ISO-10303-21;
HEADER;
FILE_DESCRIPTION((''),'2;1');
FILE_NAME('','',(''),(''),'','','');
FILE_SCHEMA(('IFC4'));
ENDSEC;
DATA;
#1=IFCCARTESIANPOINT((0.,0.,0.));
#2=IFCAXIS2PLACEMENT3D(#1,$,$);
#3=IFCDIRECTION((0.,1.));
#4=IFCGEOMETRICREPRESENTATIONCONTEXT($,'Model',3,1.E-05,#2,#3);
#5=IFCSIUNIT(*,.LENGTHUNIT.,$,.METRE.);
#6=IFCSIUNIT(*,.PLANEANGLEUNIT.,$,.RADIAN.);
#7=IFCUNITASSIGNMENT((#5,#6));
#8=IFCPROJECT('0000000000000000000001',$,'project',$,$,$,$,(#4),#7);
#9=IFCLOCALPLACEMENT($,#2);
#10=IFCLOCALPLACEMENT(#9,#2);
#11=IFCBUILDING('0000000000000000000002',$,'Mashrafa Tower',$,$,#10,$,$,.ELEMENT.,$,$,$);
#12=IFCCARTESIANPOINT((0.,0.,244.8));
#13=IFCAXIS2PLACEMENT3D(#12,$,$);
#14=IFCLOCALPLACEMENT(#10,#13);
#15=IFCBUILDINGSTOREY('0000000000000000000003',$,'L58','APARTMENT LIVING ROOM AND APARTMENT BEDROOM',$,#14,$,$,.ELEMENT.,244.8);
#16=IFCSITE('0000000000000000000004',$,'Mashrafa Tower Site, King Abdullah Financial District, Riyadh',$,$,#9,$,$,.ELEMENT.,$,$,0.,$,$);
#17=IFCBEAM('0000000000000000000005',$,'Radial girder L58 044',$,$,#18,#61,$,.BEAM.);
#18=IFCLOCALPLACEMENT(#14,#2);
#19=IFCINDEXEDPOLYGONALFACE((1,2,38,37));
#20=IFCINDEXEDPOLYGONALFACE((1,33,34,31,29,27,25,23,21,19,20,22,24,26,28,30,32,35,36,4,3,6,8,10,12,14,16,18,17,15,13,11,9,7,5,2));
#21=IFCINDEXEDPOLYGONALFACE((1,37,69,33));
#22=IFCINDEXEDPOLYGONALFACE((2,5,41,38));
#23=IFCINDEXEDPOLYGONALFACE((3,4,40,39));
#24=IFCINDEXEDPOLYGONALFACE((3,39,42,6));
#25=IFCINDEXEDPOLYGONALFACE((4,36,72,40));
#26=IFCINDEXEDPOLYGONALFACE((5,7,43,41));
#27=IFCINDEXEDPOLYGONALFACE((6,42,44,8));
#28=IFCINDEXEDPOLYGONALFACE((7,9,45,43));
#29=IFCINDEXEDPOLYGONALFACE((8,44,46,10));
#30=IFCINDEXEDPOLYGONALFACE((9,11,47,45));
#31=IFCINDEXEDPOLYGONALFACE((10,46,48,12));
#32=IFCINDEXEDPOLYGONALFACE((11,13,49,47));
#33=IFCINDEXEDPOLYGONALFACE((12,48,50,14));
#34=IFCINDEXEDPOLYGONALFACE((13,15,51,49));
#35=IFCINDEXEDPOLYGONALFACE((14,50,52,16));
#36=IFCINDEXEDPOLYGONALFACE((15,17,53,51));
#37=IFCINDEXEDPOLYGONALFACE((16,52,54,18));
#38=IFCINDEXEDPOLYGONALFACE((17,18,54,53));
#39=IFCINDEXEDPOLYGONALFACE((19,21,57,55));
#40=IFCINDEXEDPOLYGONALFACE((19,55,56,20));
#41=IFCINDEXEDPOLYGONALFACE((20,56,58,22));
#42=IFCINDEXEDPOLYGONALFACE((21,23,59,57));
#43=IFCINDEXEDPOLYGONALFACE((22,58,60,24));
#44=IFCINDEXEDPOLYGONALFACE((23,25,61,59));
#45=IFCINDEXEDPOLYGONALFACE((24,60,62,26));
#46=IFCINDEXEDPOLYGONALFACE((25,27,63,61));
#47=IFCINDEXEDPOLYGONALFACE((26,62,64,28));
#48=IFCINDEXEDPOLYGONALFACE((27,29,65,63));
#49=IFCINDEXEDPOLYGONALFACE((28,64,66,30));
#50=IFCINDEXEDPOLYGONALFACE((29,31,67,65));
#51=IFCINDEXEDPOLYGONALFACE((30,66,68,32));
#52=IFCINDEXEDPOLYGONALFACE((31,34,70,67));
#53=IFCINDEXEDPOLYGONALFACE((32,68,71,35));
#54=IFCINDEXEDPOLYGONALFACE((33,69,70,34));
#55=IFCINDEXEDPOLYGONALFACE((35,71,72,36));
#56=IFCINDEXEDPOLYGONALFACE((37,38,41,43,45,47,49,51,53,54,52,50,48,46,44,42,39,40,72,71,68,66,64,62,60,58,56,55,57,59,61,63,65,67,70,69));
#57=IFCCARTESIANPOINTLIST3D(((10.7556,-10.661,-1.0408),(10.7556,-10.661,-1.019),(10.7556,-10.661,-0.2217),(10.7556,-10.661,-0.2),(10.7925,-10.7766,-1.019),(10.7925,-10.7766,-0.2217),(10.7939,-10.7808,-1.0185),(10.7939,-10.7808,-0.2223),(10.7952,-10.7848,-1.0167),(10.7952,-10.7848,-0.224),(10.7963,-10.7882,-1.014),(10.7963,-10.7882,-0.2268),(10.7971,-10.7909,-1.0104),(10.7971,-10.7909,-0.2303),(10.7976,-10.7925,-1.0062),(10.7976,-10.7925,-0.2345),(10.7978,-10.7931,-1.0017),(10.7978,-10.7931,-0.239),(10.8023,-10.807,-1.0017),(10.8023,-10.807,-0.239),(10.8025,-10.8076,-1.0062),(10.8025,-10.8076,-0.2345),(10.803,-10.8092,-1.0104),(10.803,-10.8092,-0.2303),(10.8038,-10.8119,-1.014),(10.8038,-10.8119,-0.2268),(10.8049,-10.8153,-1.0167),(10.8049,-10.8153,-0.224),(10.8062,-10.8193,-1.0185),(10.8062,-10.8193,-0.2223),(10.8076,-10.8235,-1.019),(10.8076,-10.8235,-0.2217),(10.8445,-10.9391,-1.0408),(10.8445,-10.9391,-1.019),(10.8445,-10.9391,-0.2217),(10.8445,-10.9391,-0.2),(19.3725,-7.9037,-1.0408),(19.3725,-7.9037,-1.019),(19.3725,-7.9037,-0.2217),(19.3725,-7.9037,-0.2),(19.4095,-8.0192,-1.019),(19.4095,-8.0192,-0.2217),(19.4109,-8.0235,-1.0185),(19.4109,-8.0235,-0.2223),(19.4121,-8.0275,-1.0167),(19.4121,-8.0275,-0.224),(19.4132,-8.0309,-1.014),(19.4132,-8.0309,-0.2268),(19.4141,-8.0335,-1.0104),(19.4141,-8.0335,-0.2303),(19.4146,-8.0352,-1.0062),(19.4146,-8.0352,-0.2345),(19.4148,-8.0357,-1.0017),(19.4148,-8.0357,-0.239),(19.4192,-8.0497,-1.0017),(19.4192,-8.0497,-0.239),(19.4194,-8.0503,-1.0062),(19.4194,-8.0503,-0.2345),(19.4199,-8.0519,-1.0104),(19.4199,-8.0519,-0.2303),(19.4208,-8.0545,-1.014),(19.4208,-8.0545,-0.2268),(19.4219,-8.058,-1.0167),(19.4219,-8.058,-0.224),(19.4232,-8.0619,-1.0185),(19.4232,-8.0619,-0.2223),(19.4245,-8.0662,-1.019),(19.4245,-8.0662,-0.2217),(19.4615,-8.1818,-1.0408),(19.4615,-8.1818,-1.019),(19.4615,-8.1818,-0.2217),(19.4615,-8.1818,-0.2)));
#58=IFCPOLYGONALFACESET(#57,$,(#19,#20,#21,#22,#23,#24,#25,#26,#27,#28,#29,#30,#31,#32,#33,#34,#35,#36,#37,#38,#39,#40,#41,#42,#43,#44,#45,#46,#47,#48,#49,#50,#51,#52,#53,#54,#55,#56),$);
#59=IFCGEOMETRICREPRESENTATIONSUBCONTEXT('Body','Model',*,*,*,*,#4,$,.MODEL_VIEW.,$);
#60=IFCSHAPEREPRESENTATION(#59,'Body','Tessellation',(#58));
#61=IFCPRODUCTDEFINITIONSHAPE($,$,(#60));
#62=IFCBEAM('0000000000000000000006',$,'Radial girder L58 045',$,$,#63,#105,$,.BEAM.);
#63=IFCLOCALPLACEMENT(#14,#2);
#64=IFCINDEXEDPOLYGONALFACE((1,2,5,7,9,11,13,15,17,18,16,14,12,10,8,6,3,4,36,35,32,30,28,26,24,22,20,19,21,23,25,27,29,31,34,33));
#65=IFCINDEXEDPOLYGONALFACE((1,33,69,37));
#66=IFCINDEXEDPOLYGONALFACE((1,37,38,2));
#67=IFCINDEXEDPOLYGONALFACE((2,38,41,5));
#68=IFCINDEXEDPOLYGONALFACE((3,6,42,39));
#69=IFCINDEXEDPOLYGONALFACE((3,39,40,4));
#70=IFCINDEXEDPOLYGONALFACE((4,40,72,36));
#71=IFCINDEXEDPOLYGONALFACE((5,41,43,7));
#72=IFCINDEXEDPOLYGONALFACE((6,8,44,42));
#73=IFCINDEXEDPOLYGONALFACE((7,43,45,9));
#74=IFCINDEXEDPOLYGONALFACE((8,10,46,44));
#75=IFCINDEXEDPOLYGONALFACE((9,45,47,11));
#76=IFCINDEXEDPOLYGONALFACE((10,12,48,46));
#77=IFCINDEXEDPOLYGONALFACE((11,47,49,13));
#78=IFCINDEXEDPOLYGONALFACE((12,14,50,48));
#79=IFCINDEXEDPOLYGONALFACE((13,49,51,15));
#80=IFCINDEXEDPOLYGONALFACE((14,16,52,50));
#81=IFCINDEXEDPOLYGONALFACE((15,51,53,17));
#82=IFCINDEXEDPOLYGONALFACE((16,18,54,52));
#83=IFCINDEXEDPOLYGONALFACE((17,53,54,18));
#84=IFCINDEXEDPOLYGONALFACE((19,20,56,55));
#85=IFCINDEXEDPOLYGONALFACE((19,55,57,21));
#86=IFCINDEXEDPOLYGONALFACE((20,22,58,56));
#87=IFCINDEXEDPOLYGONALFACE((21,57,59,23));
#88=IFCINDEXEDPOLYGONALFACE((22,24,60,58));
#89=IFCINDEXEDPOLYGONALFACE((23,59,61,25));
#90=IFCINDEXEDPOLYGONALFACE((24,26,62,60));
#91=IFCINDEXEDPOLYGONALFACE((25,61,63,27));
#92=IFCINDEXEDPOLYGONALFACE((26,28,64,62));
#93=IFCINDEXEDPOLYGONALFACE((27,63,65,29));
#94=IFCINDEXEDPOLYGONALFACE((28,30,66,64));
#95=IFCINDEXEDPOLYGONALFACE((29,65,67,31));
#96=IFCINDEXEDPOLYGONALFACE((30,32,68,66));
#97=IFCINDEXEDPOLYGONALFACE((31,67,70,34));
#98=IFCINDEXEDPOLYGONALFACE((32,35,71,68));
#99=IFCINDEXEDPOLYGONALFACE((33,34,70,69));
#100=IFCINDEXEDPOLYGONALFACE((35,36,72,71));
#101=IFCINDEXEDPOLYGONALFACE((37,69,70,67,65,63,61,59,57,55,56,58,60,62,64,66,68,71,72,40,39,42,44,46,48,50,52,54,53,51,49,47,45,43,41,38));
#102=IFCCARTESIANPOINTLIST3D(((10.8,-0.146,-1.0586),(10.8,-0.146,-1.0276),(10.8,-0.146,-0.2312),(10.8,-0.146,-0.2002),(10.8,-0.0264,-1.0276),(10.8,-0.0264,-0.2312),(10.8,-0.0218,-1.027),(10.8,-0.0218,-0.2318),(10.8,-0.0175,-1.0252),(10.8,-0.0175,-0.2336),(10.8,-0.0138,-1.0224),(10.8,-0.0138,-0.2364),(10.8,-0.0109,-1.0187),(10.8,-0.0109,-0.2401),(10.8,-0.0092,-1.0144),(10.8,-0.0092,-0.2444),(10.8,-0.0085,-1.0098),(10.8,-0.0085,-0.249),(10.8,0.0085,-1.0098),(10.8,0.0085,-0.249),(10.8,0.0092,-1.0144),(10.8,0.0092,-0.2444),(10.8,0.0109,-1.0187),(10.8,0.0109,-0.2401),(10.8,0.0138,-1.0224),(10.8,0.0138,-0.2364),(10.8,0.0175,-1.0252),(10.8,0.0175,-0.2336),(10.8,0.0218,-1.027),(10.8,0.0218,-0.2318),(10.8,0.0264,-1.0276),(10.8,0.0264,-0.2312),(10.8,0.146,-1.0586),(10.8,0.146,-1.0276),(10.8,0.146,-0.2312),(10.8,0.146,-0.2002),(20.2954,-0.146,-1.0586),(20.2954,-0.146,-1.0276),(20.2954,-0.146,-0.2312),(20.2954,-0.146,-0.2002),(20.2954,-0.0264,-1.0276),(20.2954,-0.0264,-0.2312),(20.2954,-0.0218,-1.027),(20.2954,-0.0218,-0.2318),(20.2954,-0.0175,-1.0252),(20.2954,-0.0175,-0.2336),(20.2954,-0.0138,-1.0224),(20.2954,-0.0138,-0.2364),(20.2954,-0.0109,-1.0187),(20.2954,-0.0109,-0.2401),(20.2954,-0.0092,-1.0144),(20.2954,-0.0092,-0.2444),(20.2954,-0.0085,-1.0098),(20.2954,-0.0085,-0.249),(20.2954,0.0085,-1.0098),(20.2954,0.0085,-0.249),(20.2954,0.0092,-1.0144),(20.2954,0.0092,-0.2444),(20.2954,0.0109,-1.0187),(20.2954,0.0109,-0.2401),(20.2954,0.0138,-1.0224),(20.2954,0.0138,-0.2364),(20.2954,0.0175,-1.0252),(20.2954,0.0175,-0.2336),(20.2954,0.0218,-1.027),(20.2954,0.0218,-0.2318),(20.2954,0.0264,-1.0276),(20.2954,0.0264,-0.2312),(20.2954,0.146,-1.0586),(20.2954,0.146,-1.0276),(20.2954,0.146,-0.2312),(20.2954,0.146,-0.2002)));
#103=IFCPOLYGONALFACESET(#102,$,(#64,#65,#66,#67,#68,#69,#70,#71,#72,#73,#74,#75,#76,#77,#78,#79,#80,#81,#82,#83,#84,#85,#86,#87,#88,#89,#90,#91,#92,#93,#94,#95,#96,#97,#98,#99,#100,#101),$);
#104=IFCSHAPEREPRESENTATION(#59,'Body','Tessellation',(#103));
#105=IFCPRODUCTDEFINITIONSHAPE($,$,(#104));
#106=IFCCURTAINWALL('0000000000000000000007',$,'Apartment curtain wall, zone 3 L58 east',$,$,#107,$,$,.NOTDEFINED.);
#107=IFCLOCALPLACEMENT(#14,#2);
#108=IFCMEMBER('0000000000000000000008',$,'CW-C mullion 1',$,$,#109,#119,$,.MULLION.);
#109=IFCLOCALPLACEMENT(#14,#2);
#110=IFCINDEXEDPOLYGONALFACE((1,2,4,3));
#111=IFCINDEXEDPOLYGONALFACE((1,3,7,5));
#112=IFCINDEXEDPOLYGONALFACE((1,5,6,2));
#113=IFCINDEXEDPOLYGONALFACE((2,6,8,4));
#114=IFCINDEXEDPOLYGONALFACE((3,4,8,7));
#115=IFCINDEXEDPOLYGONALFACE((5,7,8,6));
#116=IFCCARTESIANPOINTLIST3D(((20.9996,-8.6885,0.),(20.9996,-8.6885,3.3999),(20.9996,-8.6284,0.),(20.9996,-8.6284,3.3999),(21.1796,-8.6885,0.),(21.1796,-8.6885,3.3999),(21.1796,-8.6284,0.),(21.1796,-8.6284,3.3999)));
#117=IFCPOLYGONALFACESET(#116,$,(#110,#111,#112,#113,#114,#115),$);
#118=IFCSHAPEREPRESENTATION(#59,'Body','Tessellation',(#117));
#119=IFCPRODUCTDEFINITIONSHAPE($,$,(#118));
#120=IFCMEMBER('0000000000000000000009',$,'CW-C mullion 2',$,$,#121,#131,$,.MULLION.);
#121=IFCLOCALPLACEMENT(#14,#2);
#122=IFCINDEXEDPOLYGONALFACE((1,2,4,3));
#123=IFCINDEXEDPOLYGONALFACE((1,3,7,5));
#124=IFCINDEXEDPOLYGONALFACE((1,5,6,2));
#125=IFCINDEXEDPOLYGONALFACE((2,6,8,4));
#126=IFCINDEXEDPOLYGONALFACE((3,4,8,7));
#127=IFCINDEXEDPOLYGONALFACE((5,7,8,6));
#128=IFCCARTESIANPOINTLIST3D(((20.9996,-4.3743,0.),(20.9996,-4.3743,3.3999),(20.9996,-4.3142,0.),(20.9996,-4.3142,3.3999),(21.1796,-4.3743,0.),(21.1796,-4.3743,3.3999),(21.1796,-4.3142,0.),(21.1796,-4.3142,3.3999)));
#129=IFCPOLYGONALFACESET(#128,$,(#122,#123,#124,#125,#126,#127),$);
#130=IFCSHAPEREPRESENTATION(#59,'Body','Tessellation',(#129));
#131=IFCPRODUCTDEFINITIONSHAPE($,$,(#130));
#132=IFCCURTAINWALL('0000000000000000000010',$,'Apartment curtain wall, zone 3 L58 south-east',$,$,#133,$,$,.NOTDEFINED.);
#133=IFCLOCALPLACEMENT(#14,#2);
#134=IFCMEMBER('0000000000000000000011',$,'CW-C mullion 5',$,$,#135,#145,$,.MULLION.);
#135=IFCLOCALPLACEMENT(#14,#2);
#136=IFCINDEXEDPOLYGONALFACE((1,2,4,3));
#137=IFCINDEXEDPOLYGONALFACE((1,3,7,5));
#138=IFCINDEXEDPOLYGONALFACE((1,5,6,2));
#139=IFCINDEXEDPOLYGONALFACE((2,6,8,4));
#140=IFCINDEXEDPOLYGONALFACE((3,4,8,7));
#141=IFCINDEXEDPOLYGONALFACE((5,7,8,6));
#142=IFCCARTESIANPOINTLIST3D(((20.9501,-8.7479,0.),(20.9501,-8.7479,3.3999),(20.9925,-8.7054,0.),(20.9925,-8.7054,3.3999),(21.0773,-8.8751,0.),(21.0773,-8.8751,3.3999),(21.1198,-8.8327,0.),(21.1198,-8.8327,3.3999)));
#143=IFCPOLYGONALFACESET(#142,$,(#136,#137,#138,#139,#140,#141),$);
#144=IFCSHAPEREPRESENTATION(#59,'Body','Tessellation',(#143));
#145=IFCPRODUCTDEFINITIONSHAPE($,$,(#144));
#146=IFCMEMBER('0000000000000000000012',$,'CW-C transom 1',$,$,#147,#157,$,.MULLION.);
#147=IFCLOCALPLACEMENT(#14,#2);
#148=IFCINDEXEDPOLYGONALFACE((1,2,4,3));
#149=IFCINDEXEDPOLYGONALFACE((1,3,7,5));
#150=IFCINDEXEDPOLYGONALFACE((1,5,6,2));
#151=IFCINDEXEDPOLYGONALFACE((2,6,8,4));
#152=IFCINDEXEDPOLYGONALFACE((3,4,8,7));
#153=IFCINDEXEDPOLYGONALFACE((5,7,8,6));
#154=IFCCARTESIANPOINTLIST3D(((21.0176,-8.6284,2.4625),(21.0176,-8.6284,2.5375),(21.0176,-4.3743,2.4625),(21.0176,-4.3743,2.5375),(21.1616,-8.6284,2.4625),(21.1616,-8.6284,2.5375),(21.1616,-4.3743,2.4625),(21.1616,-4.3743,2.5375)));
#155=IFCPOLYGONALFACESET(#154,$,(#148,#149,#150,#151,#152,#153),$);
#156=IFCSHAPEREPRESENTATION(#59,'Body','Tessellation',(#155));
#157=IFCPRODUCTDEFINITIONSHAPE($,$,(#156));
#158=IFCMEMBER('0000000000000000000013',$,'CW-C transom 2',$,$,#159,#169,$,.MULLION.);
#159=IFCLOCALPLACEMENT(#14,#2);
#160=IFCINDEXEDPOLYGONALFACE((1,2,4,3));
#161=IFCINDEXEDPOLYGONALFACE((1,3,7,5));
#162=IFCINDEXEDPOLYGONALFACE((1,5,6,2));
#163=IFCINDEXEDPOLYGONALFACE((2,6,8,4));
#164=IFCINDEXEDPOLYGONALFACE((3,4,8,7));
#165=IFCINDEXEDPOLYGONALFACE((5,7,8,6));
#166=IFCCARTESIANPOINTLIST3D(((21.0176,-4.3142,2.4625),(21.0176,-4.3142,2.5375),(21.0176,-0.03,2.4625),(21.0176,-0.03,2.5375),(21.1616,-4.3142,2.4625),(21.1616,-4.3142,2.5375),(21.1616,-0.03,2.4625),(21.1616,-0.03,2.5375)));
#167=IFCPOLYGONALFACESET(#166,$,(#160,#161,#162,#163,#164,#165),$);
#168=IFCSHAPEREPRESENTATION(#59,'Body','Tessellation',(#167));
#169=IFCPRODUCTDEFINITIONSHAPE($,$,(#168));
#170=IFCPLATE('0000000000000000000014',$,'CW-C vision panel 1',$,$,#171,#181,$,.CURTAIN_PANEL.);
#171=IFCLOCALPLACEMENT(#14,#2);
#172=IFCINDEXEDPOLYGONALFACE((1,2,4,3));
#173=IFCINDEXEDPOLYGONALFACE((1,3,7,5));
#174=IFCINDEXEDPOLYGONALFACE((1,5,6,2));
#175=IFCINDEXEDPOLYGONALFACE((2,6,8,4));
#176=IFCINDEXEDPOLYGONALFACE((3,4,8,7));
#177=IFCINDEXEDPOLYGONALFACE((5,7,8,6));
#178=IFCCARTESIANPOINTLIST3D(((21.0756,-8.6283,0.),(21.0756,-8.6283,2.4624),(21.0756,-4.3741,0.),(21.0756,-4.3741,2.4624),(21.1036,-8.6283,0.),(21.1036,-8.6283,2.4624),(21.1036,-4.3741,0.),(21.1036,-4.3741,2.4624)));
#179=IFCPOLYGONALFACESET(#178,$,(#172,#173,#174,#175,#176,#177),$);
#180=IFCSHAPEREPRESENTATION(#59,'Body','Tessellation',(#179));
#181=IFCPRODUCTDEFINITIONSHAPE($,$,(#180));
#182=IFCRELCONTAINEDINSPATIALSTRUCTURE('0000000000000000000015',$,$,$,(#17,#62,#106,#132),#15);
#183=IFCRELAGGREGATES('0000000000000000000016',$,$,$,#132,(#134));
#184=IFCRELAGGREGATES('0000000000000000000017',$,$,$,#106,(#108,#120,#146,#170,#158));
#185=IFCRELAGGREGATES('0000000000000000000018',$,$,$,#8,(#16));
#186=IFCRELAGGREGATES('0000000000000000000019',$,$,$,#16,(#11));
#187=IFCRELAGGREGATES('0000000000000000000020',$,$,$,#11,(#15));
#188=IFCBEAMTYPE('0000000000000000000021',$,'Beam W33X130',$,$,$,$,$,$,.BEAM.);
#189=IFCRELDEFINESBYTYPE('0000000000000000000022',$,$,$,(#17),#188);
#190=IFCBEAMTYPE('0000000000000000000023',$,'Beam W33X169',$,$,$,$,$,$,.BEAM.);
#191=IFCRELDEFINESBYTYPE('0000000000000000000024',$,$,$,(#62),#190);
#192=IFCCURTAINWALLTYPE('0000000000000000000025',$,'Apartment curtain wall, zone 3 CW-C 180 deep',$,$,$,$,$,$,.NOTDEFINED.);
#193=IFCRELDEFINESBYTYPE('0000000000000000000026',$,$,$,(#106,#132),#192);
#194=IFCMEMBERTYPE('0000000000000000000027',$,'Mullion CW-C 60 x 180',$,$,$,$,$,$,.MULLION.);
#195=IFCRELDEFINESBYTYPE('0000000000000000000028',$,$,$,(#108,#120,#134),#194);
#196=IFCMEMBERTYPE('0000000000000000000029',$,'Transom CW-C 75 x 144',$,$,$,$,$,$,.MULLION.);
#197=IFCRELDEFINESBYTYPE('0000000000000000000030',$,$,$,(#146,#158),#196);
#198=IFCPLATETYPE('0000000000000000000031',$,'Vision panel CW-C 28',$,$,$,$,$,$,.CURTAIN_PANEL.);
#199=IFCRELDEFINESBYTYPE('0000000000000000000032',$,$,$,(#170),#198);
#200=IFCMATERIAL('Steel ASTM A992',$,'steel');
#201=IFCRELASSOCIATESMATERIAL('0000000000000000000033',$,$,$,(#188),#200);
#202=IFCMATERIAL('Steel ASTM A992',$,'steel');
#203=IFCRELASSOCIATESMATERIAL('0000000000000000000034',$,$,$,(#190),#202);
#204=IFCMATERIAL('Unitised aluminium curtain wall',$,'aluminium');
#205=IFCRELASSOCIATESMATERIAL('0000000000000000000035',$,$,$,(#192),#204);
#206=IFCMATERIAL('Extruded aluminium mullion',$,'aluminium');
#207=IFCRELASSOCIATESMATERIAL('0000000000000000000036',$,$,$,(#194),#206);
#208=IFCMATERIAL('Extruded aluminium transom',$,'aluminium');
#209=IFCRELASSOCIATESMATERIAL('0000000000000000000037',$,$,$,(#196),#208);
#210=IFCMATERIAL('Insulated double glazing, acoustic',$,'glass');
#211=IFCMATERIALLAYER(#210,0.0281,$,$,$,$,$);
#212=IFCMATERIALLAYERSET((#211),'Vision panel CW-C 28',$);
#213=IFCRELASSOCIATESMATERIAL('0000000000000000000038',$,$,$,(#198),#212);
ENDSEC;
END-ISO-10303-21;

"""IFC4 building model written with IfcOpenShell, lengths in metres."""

from ifc_helpers import new_model, si_unit, direction, frame, origin, origin_2d, place, context, subcontext, project, spatial, rectangle, i_section, extrude, source, transform, mapped, material, layer, layer_set, material_profile, profile_set, type_object, type_shapes, element, aggregate, save


model = new_model("IFC4")

# Units and contexts
model_context = context("Model", 3, precision=1e-05, world=origin(), true_north=direction((0.0, 1.0)))
body_context = subcontext(model_context, "Body", "Model", "MODEL_VIEW")
ifc_project = project(units=[si_unit("LENGTHUNIT", "METRE"), si_unit("PLANEANGLEUNIT", "RADIAN")], contexts=[model_context])

# Site, building, storey
site_placement = place(None, origin())
site = spatial("IfcSite", under=ifc_project, at=site_placement, Name="Mashrafa Tower Site, King Abdullah Financial District, Riyadh", CompositionType="ELEMENT", RefElevation=0.0)
building_placement = place(site_placement, origin())
building = spatial("IfcBuilding", under=site, at=building_placement, Name="Mashrafa Tower", CompositionType="ELEMENT")
storey_placement = place(building_placement, frame((0.0, 0.0, 244.8)))
storey = spatial("IfcBuildingStorey", under=building, at=storey_placement, Name="L58", Description="APARTMENT LIVING ROOM AND APARTMENT BEDROOM", CompositionType="ELEMENT", Elevation=244.8)

# Beams
ifc_material_1 = material(Name="Steel ASTM A992", Category="steel")
ifc_material_profile_1 = material_profile(ifc_material_1, i_section(OverallWidth=0.292, OverallDepth=0.8408, WebThickness=0.0146, FlangeThickness=0.0217, FilletRadius=0.0173, at=origin_2d()), Name="W33X130")
ifc_profile_set_1 = profile_set([ifc_material_profile_1], Name="Steel ASTM A992")
beam_type_1 = type_object("IfcBeamType", Name="Beam W33X130", PredefinedType="BEAM", material=ifc_profile_set_1)
for number, where, z_axis, x_axis, name in (
    (1, (10.8, -10.8, -0.6204), (0.952427, 0.304766, 0.0), (-0.304766, 0.952427, 0.0), "Radial girder L58 044"),
):
    element("IfcBeam", number, at=place(storey_placement, frame(where, z_axis=z_axis, x_axis=x_axis)), inside=storey, type_object=beam_type_1, Name=name, PredefinedType="BEAM", context=body_context, shape_type="SweptSolid", body=[
        extrude(i_section(OverallWidth=0.292, OverallDepth=0.8408, WebThickness=0.0146, FlangeThickness=0.0217, FilletRadius=0.0173, at=origin_2d()), origin(), (0.0, 0.0, 1.0), 9.0474),
    ])
ifc_material_2 = material(Name="Steel ASTM A992", Category="steel")
ifc_material_profile_2 = material_profile(ifc_material_2, i_section(OverallWidth=0.292, OverallDepth=0.8584, WebThickness=0.0171, FlangeThickness=0.031, FilletRadius=0.0178, at=origin_2d()), Name="W33X169")
ifc_profile_set_2 = profile_set([ifc_material_profile_2], Name="Steel ASTM A992")
beam_type_2 = type_object("IfcBeamType", Name="Beam W33X169", PredefinedType="BEAM", material=ifc_profile_set_2)
beam_1_placement = place(storey_placement, frame((10.8, 0.0, -0.6294), z_axis=(1.0, 0.0, 0.0), x_axis=(0.0, 1.0, 0.0)))
element("IfcBeam", 2, at=beam_1_placement, inside=storey, type_object=beam_type_2, Name="Radial girder L58 045", PredefinedType="BEAM", context=body_context, shape_type="SweptSolid", body=[
    extrude(i_section(OverallWidth=0.292, OverallDepth=0.8584, WebThickness=0.0171, FlangeThickness=0.031, FilletRadius=0.0178, at=origin_2d()), origin(), (0.0, 0.0, 1.0), 9.4954),
])

# Curtain wall, members
ifc_material_3 = material(Name="Unitised aluminium curtain wall", Category="aluminium")
curtain_wall_type = type_object("IfcCurtainWallType", Name="Apartment curtain wall, zone 3 CW-C 180 deep", PredefinedType="NOTDEFINED", material=ifc_material_3)
curtain_wall_1_placement = place(storey_placement, origin())
curtain_wall_1 = element("IfcCurtainWall", 3, at=curtain_wall_1_placement, inside=storey, type_object=curtain_wall_type, Name="Apartment curtain wall, zone 3 L58 east", PredefinedType="NOTDEFINED")
ifc_material_4 = material(Name="Extruded aluminium mullion", Category="aluminium")
ifc_material_profile_3 = material_profile(ifc_material_4, rectangle(XDim=0.1799, YDim=0.0601, at=origin_2d()), Name="Mullion 60x180")
ifc_profile_set_3 = profile_set([ifc_material_profile_3], Name="Extruded aluminium mullion")
member_type_1 = type_object("IfcMemberType", Name="Mullion CW-C 60 x 180", PredefinedType="MULLION", material=ifc_profile_set_3)
shared_shape_1 = source(origin(), body_context, "Body", "SweptSolid", [
    extrude(rectangle(XDim=0.1799, YDim=0.0601, at=origin_2d()), origin(), (0.0, 0.0, 1.0), 3.3999),
])
type_shapes(member_type_1, [shared_shape_1])
member_1_placement = place(storey_placement, frame((21.0896, -8.6584, 0.0), z_axis=(0.0, 0.0, 1.0), x_axis=(-1.0, 0.0, 0.0)))
member_1 = element("IfcMember", 4, at=member_1_placement, type_object=member_type_1, Name="CW-C mullion 1", PredefinedType="MULLION", context=body_context, shape_type="MappedRepresentation", body=[
    mapped(shared_shape_1, transform((0.0, 0.0, 0.0))),
])
member_2_placement = place(storey_placement, frame((21.0896, -4.3442, 0.0), z_axis=(0.0, 0.0, 1.0), x_axis=(-1.0, 0.0, 0.0)))
member_2 = element("IfcMember", 5, at=member_2_placement, type_object=member_type_1, Name="CW-C mullion 2", PredefinedType="MULLION", context=body_context, shape_type="MappedRepresentation", body=[
    mapped(shared_shape_1, transform((0.0, 0.0, 0.0))),
])

# Curtain wall, member
curtain_wall_2_placement = place(storey_placement, origin())
curtain_wall_2 = element("IfcCurtainWall", 6, at=curtain_wall_2_placement, inside=storey, type_object=curtain_wall_type, Name="Apartment curtain wall, zone 3 L58 south-east", PredefinedType="NOTDEFINED")
member_3_placement = place(storey_placement, frame((21.0349, -8.7903, 0.0), z_axis=(0.0, 0.0, 1.0), x_axis=(-0.707107, 0.707107, 0.0)))
member_3 = element("IfcMember", 7, at=member_3_placement, type_object=member_type_1, Name="CW-C mullion 5", PredefinedType="MULLION", context=body_context, shape_type="MappedRepresentation", body=[
    mapped(shared_shape_1, transform((0.0, 0.0, 0.0))),
])

# Members
ifc_material_5 = material(Name="Extruded aluminium transom", Category="aluminium")
ifc_material_profile_4 = material_profile(ifc_material_5, rectangle(XDim=0.144, YDim=0.075, at=origin_2d()), Name="Transom 75x144")
ifc_profile_set_4 = profile_set([ifc_material_profile_4], Name="Extruded aluminium transom")
member_type_2 = type_object("IfcMemberType", Name="Transom CW-C 75 x 144", PredefinedType="MULLION", material=ifc_profile_set_4)
shared_shape_2 = source(origin(), body_context, "Body", "SweptSolid", [
    extrude(rectangle(XDim=0.144, YDim=0.075, at=origin_2d()), origin(), (0.0, 0.0, 1.0), 4.2542),
])
member_4_placement = place(storey_placement, frame((21.0896, -8.6284, 2.5), z_axis=(0.0, 1.0, 0.0), x_axis=(-1.0, 0.0, 0.0)))
member_4 = element("IfcMember", 8, at=member_4_placement, type_object=member_type_2, Name="CW-C transom 1", PredefinedType="MULLION", context=body_context, shape_type="MappedRepresentation", body=[
    mapped(shared_shape_2, transform((0.0, 0.0, 0.0))),
])
shared_shape_3 = source(origin(), body_context, "Body", "SweptSolid", [
    extrude(rectangle(XDim=0.144, YDim=0.075, at=origin_2d()), origin(), (0.0, 0.0, 1.0), 4.2842),
])
type_shapes(member_type_2, [shared_shape_2, shared_shape_3])
member_5_placement = place(storey_placement, frame((21.0896, -4.3142, 2.5), z_axis=(0.0, 1.0, 0.0), x_axis=(-1.0, 0.0, 0.0)))
member_5 = element("IfcMember", 9, at=member_5_placement, type_object=member_type_2, Name="CW-C transom 2", PredefinedType="MULLION", context=body_context, shape_type="MappedRepresentation", body=[
    mapped(shared_shape_3, transform((0.0, 0.0, 0.0))),
])

# Plate
ifc_material_6 = material(Name="Insulated double glazing, acoustic", Category="glass")
ifc_layer_1 = layer(ifc_material_6, 0.0281)
ifc_layer_set_1 = layer_set([ifc_layer_1], Name="Vision panel CW-C 28")
plate_type_1 = type_object("IfcPlateType", Name="Vision panel CW-C 28", PredefinedType="CURTAIN_PANEL", material=ifc_layer_set_1)
shared_shape_4 = source(origin(), body_context, "Body", "SweptSolid", [
    extrude(rectangle(XDim=4.2542, YDim=0.0281, at=origin_2d()), origin(), (0.0, 0.0, 1.0), 2.4624),
])
plate_1_placement = place(storey_placement, frame((21.0896, -6.5012, 0.0), z_axis=(0.0, 0.0, 1.0), x_axis=(0.0, 1.0, 0.0)))
plate_1 = element("IfcPlate", 10, at=plate_1_placement, type_object=plate_type_1, Name="CW-C vision panel 1", PredefinedType="CURTAIN_PANEL", context=body_context, shape_type="MappedRepresentation", body=[
    mapped(shared_shape_4, transform((0.0, 0.0, 0.0))),
])
aggregate(curtain_wall_2, [member_3])
aggregate(curtain_wall_1, [member_1, member_2, member_4, plate_1, member_5])

save(model, "model.ifc")
